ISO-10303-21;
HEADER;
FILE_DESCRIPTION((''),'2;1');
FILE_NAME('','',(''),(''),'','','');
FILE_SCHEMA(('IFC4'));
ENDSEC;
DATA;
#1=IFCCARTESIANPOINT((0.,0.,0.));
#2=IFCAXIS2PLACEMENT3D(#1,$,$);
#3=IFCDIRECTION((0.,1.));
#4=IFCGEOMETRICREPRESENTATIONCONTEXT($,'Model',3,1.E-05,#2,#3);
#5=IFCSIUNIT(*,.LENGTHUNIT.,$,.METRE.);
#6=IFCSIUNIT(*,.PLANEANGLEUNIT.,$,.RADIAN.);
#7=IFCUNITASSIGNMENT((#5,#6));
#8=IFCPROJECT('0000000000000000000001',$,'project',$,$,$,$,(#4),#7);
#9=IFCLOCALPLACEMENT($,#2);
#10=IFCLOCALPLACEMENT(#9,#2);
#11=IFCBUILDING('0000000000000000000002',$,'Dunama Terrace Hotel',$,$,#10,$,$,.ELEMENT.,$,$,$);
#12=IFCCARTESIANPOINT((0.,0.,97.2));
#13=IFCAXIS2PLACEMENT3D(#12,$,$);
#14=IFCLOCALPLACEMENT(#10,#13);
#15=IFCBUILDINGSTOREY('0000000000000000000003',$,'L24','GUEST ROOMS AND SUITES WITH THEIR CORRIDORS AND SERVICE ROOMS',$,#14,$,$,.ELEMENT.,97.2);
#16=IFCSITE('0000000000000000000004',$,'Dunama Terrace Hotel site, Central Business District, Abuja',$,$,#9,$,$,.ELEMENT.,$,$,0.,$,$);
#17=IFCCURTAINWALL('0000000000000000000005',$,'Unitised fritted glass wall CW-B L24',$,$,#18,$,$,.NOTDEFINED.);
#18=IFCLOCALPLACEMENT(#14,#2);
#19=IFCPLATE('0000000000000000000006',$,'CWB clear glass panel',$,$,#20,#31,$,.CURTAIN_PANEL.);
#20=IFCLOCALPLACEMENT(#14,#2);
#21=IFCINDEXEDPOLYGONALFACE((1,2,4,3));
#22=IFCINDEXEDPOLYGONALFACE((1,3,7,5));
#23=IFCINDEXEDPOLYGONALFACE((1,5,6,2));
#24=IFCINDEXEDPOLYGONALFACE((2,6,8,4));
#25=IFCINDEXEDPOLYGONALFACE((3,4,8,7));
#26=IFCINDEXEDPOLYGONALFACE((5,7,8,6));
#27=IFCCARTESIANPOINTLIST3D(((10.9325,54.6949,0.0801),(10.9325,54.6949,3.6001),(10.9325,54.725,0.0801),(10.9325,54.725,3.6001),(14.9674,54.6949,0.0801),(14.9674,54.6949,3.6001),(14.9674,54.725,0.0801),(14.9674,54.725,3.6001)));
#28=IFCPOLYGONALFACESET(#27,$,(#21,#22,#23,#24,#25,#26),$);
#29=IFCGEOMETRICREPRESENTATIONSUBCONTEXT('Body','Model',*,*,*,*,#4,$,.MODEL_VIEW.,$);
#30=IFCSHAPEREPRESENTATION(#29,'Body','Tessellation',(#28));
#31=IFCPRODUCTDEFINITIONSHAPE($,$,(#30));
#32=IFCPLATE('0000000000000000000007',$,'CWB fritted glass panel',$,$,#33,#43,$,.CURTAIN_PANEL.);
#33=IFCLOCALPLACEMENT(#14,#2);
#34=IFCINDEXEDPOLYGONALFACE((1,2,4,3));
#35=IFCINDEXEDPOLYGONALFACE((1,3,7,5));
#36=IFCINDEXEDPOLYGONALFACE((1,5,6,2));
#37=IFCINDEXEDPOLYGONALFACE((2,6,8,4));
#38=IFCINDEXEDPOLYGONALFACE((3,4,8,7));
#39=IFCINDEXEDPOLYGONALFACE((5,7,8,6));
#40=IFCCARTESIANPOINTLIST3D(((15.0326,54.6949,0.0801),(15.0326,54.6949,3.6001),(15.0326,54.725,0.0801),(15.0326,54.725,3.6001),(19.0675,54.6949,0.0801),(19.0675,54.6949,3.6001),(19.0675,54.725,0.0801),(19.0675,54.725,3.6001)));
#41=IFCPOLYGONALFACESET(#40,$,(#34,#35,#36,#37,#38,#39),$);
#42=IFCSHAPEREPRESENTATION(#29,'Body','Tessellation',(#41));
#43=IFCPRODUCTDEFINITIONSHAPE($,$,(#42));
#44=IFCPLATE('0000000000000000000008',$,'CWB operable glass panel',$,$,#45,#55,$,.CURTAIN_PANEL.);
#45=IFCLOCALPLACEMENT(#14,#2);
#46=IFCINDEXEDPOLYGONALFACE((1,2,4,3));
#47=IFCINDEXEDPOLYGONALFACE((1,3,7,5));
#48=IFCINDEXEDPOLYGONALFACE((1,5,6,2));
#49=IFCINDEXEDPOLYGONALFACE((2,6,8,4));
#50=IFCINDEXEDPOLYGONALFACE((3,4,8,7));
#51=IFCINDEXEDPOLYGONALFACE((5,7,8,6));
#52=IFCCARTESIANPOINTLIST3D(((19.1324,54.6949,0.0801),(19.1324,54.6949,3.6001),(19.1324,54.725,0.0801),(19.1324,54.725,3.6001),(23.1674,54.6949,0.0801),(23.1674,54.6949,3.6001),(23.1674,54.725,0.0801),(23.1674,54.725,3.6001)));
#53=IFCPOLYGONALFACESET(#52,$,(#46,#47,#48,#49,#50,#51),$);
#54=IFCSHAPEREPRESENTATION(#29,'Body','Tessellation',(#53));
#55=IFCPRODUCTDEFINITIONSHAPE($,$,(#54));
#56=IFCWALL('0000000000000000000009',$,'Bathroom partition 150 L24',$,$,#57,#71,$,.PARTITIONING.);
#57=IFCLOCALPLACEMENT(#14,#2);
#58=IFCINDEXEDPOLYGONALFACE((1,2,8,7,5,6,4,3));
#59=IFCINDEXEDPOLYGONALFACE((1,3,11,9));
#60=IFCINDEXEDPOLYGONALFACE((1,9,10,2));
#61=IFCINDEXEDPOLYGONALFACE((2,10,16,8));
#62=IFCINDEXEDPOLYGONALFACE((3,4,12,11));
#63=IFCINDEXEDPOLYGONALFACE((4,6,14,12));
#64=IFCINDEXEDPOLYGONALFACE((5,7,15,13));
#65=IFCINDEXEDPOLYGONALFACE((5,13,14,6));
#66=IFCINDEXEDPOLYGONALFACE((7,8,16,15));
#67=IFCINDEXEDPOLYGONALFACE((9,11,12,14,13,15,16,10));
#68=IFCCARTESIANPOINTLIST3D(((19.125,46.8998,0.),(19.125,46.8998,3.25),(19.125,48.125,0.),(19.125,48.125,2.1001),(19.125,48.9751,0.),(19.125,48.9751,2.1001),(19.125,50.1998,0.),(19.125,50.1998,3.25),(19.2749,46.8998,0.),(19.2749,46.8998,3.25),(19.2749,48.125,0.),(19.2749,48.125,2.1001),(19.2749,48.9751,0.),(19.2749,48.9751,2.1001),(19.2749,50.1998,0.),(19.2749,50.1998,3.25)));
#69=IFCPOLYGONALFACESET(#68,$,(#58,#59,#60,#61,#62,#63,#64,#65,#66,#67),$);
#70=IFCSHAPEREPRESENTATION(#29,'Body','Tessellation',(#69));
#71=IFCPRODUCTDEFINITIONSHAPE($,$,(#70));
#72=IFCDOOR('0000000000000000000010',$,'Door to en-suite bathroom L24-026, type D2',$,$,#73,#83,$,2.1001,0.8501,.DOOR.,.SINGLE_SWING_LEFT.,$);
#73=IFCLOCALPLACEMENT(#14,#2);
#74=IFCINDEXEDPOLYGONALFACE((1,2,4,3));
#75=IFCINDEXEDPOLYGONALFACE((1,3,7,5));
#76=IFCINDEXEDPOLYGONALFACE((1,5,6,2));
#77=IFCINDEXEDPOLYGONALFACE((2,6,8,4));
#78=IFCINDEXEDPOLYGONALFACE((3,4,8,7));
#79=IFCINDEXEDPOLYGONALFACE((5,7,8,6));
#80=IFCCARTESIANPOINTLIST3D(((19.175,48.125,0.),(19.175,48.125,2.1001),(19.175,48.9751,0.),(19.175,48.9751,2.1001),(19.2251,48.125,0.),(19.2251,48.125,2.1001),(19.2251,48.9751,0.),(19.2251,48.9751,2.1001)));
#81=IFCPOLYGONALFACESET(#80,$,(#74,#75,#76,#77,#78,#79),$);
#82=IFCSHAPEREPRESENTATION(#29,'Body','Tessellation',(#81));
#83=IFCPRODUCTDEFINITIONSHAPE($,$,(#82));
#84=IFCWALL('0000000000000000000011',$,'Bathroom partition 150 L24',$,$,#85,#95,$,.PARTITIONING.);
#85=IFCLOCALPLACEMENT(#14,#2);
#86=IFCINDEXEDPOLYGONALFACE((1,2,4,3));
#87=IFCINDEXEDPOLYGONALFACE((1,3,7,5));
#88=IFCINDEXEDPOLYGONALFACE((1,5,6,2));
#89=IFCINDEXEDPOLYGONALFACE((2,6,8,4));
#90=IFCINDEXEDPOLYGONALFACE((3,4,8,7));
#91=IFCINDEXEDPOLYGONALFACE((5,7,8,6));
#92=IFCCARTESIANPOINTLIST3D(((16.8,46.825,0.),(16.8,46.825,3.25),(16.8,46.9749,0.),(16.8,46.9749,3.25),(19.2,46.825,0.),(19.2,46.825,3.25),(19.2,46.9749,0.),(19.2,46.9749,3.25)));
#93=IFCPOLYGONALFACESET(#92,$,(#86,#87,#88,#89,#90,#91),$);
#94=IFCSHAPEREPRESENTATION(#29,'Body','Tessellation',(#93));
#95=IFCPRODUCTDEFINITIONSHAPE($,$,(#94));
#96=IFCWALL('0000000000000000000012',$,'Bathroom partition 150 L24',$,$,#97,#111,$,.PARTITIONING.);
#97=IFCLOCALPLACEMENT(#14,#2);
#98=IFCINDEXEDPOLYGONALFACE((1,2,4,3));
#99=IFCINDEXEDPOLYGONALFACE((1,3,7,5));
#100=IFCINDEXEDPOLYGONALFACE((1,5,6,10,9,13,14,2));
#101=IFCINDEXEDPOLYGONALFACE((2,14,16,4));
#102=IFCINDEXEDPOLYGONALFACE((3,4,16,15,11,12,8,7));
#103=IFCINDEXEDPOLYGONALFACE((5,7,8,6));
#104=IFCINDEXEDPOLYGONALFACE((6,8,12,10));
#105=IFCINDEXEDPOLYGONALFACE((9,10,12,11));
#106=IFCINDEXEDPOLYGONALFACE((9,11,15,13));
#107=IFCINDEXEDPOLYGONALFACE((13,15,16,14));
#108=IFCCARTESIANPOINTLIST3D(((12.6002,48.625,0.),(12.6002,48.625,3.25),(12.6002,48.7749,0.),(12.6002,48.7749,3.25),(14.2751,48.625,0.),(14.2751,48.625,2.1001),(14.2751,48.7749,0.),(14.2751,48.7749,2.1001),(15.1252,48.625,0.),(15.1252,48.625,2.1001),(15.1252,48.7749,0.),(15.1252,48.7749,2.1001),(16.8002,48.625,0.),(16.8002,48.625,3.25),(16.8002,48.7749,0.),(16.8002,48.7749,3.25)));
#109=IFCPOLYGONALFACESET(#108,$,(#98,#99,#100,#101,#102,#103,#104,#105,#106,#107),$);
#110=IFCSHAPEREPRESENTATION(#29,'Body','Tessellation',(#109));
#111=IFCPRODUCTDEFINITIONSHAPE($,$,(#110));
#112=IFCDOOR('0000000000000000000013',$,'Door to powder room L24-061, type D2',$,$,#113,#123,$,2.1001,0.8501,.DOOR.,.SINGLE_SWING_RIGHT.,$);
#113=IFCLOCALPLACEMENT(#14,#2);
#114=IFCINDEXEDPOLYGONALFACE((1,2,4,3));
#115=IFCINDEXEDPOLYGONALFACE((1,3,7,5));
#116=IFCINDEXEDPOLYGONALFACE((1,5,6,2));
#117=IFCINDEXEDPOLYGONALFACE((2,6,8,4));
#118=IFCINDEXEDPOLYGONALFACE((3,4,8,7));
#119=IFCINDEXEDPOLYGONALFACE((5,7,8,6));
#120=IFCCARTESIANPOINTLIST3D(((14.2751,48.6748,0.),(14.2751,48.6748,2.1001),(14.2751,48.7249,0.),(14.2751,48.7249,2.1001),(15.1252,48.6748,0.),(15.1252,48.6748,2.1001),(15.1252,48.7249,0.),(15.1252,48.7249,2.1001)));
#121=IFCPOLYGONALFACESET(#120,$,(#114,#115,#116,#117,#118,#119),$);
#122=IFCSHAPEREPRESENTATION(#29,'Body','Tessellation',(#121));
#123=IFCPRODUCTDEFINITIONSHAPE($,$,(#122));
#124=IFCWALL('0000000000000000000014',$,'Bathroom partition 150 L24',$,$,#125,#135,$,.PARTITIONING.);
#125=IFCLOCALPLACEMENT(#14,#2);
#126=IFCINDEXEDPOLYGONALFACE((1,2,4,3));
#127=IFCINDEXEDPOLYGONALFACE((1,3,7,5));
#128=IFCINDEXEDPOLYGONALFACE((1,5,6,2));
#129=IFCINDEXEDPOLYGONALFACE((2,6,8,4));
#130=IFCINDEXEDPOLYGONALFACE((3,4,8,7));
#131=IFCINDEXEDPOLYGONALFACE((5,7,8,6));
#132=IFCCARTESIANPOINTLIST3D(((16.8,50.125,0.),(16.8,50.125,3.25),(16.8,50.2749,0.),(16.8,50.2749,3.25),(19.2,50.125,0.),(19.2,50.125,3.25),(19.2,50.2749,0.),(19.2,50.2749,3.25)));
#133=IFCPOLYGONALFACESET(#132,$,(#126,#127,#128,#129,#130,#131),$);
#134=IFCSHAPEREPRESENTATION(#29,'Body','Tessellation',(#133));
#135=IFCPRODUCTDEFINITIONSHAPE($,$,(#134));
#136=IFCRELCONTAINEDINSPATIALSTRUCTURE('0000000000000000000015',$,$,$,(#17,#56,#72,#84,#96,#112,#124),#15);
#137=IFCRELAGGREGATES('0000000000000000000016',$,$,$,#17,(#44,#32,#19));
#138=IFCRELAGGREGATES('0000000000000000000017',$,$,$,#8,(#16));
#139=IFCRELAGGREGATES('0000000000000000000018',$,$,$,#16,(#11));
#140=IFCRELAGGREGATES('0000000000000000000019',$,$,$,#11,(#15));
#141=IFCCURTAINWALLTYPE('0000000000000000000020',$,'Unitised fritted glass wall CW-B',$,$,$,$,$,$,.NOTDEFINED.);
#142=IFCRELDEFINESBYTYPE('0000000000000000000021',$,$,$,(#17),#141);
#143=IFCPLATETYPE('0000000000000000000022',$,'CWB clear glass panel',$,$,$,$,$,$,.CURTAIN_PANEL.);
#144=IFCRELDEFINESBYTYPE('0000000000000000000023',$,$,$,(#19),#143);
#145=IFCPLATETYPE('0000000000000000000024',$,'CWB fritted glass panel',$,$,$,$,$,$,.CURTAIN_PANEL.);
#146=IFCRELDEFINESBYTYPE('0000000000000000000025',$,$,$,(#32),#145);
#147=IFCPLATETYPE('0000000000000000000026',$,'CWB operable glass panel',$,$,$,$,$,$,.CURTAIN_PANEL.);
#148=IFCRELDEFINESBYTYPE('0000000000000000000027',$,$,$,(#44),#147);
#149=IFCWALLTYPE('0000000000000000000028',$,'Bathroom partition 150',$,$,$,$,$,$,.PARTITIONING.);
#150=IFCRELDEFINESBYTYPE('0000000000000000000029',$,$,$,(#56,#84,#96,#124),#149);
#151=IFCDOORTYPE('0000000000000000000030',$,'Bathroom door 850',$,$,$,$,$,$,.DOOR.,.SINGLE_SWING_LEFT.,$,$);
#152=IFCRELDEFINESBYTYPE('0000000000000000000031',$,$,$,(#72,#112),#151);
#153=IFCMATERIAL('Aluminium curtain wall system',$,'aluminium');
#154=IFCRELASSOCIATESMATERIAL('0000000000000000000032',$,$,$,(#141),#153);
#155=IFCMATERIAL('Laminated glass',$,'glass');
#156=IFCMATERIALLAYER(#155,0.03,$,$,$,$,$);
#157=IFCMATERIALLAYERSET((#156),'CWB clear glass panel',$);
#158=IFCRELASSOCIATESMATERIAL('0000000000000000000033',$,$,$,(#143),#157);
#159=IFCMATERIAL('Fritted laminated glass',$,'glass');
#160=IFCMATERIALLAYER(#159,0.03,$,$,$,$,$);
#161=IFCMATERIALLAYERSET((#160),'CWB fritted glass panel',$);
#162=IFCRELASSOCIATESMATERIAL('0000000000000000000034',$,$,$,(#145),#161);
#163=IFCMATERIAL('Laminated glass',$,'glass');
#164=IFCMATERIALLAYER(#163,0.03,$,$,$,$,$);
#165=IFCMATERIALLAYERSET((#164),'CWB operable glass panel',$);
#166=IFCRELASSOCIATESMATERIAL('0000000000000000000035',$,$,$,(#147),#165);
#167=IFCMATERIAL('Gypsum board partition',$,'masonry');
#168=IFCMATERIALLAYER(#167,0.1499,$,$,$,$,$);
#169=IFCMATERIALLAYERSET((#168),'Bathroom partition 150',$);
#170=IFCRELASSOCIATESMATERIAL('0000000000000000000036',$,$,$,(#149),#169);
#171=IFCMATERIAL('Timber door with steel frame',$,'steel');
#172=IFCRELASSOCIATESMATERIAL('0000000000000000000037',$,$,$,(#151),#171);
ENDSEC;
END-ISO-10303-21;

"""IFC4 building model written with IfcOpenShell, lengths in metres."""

from ifc_helpers import new_model, si_unit, direction, frame, frame_2d, origin, origin_2d, place, context, subcontext, project, spatial, rectangle, extrude, material, layer, layer_set, type_object, element, fill, aggregate, save


model = new_model("IFC4")

# Units and contexts
model_context = context("Model", 3, precision=1e-05, world=origin(), true_north=direction((0.0, 1.0)))
body_context = subcontext(model_context, "Body", "Model", "MODEL_VIEW")
ifc_project = project(units=[si_unit("LENGTHUNIT", "METRE"), si_unit("PLANEANGLEUNIT", "RADIAN")], contexts=[model_context])

# Site, building, storey
site_placement = place(None, origin())
site = spatial("IfcSite", under=ifc_project, at=site_placement, Name="Dunama Terrace Hotel site, Central Business District, Abuja", CompositionType="ELEMENT", RefElevation=0.0)
building_placement = place(site_placement, origin())
building = spatial("IfcBuilding", under=site, at=building_placement, Name="Dunama Terrace Hotel", CompositionType="ELEMENT")
storey_placement = place(building_placement, frame((0.0, 0.0, 97.2)))
storey = spatial("IfcBuildingStorey", under=building, at=storey_placement, Name="L24", Description="GUEST ROOMS AND SUITES WITH THEIR CORRIDORS AND SERVICE ROOMS", CompositionType="ELEMENT", Elevation=97.2)

# Curtain wall
ifc_material_1 = material(Name="Aluminium curtain wall system", Category="aluminium")
curtain_wall_type = type_object("IfcCurtainWallType", Name="Unitised fritted glass wall CW-B", PredefinedType="NOTDEFINED", material=ifc_material_1)
curtain_wall_placement = place(storey_placement, origin())
curtain_wall = element("IfcCurtainWall", 1, at=curtain_wall_placement, inside=storey, type_object=curtain_wall_type, Name="Unitised fritted glass wall CW-B L24", PredefinedType="NOTDEFINED")

# Plates
ifc_material_2 = material(Name="Laminated glass", Category="glass")
ifc_layer_1 = layer(ifc_material_2, 0.03)
ifc_layer_set_1 = layer_set([ifc_layer_1], Name="CWB clear glass panel")
plate_type_1 = type_object("IfcPlateType", Name="CWB clear glass panel", PredefinedType="CURTAIN_PANEL", material=ifc_layer_set_1)
plate_1_placement = place(storey_placement, frame((12.95, 54.71, 0.0801), z_axis=(0.0, 0.0, 1.0), x_axis=(-1.0, 0.0, 0.0)))
plate_1 = element("IfcPlate", 2, at=plate_1_placement, type_object=plate_type_1, Name="CWB clear glass panel", PredefinedType="CURTAIN_PANEL", context=body_context, shape_type="SweptSolid", body=[
    extrude(rectangle(XDim=4.0349, YDim=0.03, at=origin_2d()), origin(), (0.0, 0.0, 1.0), 3.52),
])
ifc_material_3 = material(Name="Fritted laminated glass", Category="glass")
ifc_layer_2 = layer(ifc_material_3, 0.03)
ifc_layer_set_2 = layer_set([ifc_layer_2], Name="CWB fritted glass panel")
plate_type_2 = type_object("IfcPlateType", Name="CWB fritted glass panel", PredefinedType="CURTAIN_PANEL", material=ifc_layer_set_2)
plate_2_placement = place(storey_placement, frame((17.05, 54.71, 0.0801), z_axis=(0.0, 0.0, 1.0), x_axis=(-1.0, 0.0, 0.0)))
plate_2 = element("IfcPlate", 3, at=plate_2_placement, type_object=plate_type_2, Name="CWB fritted glass panel", PredefinedType="CURTAIN_PANEL", context=body_context, shape_type="SweptSolid", body=[
    extrude(rectangle(XDim=4.0349, YDim=0.03, at=origin_2d()), origin(), (0.0, 0.0, 1.0), 3.52),
])
ifc_material_4 = material(Name="Laminated glass", Category="glass")
ifc_layer_3 = layer(ifc_material_4, 0.03)
ifc_layer_set_3 = layer_set([ifc_layer_3], Name="CWB operable glass panel")
plate_type_3 = type_object("IfcPlateType", Name="CWB operable glass panel", PredefinedType="CURTAIN_PANEL", material=ifc_layer_set_3)
plate_3_placement = place(storey_placement, frame((21.1499, 54.71, 0.0801), z_axis=(0.0, 0.0, 1.0), x_axis=(-1.0, 0.0, 0.0)))
plate_3 = element("IfcPlate", 4, at=plate_3_placement, type_object=plate_type_3, Name="CWB operable glass panel", PredefinedType="CURTAIN_PANEL", context=body_context, shape_type="SweptSolid", body=[
    extrude(rectangle(XDim=4.0349, YDim=0.03, at=origin_2d()), origin(), (0.0, 0.0, 1.0), 3.52),
])
aggregate(curtain_wall, [plate_3, plate_2, plate_1])

# Wall, opening, door
ifc_material_5 = material(Name="Gypsum board partition", Category="masonry")
ifc_layer_4 = layer(ifc_material_5, 0.1499)
ifc_layer_set_4 = layer_set([ifc_layer_4], Name="Bathroom partition 150")
wall_type_1 = type_object("IfcWallType", Name="Bathroom partition 150", PredefinedType="PARTITIONING", material=ifc_layer_set_4)
wall_1_placement = place(storey_placement, frame((19.2, 46.8999, 0.0), z_axis=(0.0, 0.0, 1.0), x_axis=(0.0, 1.0, 0.0)))
wall_1 = element("IfcWall", 5, at=wall_1_placement, inside=storey, type_object=wall_type_1, Name="Bathroom partition 150 L24", PredefinedType="PARTITIONING", context=body_context, shape_type="SweptSolid", body=[
    extrude(rectangle(XDim=3.3, YDim=0.1499, at=frame_2d((1.6499, 0.0))), origin(), (0.0, 0.0, 1.0), 3.25),
])
opening_1_placement = place(wall_1_placement, frame((1.2251, 0.0, 0.0)))
opening_1 = element("IfcOpeningElement", 6, at=opening_1_placement, cuts=wall_1, PredefinedType="OPENING", context=body_context, shape_type="SweptSolid", body=[
    extrude(rectangle(XDim=0.8501, YDim=2.1001, at=frame_2d((0.425, 1.05))), frame((0.0, 0.085, 0.0), z_axis=(0.0, -1.0, 0.0), x_axis=(1.0, 0.0, 0.0)), (0.0, 0.0, 1.0), 0.1699),
])
ifc_material_6 = material(Name="Timber door with steel frame", Category="steel")
door_type_1 = type_object("IfcDoorType", Name="Bathroom door 850", OperationType="SINGLE_SWING_LEFT", PredefinedType="DOOR", material=ifc_material_6)
door_1_placement = place(opening_1_placement, origin())
door_1 = element("IfcDoor", 7, at=door_1_placement, inside=storey, type_object=door_type_1, Name="Door to en-suite bathroom L24-026, type D2", OperationType="SINGLE_SWING_LEFT", OverallHeight=2.1001, OverallWidth=0.8501, PredefinedType="DOOR", context=body_context, shape_type="SweptSolid", body=[
    extrude(rectangle(XDim=0.8501, YDim=2.1001, at=frame_2d((0.425, 1.05))), frame((0.0, 0.0249, 0.0), z_axis=(0.0, -1.0, 0.0), x_axis=(1.0, 0.0, 0.0)), (0.0, 0.0, 1.0), 0.05),
])
fill(opening_1, door_1)

# Wall
wall_2_placement = place(storey_placement, frame((16.8, 46.8999, 0.0), z_axis=(0.0, 0.0, 1.0), x_axis=(1.0, 0.0, 0.0)))
element("IfcWall", 8, at=wall_2_placement, inside=storey, type_object=wall_type_1, Name="Bathroom partition 150 L24", PredefinedType="PARTITIONING", context=body_context, shape_type="SweptSolid", body=[
    extrude(rectangle(XDim=2.3999, YDim=0.1499, at=frame_2d((1.2, 0.0))), origin(), (0.0, 0.0, 1.0), 3.25),
])

# Wall, opening, door
wall_3_placement = place(storey_placement, frame((12.6001, 48.7, 0.0), z_axis=(0.0, 0.0, 1.0), x_axis=(1.0, 0.0, 0.0)))
wall_3 = element("IfcWall", 9, at=wall_3_placement, inside=storey, type_object=wall_type_1, Name="Bathroom partition 150 L24", PredefinedType="PARTITIONING", context=body_context, shape_type="SweptSolid", body=[
    extrude(rectangle(XDim=4.2, YDim=0.1499, at=frame_2d((2.1001, 0.0))), origin(), (0.0, 0.0, 1.0), 3.25),
])
opening_2_placement = place(wall_3_placement, frame((1.675, 0.0, 0.0)))
opening_2 = element("IfcOpeningElement", 10, at=opening_2_placement, cuts=wall_3, PredefinedType="OPENING", context=body_context, shape_type="SweptSolid", body=[
    extrude(rectangle(XDim=0.8501, YDim=2.1001, at=frame_2d((0.425, 1.05))), frame((0.0, 0.085, 0.0), z_axis=(0.0, -1.0, 0.0), x_axis=(1.0, 0.0, 0.0)), (0.0, 0.0, 1.0), 0.1699),
])
door_2_placement = place(opening_2_placement, frame((0.8501, 0.0, 0.0), z_axis=(0.0, 0.0, 1.0), x_axis=(-1.0, 0.0, 0.0)))
door_2 = element("IfcDoor", 11, at=door_2_placement, inside=storey, type_object=door_type_1, Name="Door to powder room L24-061, type D2", OperationType="SINGLE_SWING_RIGHT", OverallHeight=2.1001, OverallWidth=0.8501, PredefinedType="DOOR", context=body_context, shape_type="SweptSolid", body=[
    extrude(rectangle(XDim=0.8501, YDim=2.1001, at=frame_2d((0.425, 1.05))), frame((0.0, 0.0251, 0.0), z_axis=(0.0, -1.0, 0.0), x_axis=(1.0, 0.0, 0.0)), (0.0, 0.0, 1.0), 0.05),
])
fill(opening_2, door_2)

# Wall
wall_4_placement = place(storey_placement, frame((16.8, 50.2, 0.0), z_axis=(0.0, 0.0, 1.0), x_axis=(1.0, 0.0, 0.0)))
element("IfcWall", 12, at=wall_4_placement, inside=storey, type_object=wall_type_1, Name="Bathroom partition 150 L24", PredefinedType="PARTITIONING", context=body_context, shape_type="SweptSolid", body=[
    extrude(rectangle(XDim=2.3999, YDim=0.1499, at=frame_2d((1.2, 0.0))), origin(), (0.0, 0.0, 1.0), 3.25),
])

save(model, "model.ifc")
